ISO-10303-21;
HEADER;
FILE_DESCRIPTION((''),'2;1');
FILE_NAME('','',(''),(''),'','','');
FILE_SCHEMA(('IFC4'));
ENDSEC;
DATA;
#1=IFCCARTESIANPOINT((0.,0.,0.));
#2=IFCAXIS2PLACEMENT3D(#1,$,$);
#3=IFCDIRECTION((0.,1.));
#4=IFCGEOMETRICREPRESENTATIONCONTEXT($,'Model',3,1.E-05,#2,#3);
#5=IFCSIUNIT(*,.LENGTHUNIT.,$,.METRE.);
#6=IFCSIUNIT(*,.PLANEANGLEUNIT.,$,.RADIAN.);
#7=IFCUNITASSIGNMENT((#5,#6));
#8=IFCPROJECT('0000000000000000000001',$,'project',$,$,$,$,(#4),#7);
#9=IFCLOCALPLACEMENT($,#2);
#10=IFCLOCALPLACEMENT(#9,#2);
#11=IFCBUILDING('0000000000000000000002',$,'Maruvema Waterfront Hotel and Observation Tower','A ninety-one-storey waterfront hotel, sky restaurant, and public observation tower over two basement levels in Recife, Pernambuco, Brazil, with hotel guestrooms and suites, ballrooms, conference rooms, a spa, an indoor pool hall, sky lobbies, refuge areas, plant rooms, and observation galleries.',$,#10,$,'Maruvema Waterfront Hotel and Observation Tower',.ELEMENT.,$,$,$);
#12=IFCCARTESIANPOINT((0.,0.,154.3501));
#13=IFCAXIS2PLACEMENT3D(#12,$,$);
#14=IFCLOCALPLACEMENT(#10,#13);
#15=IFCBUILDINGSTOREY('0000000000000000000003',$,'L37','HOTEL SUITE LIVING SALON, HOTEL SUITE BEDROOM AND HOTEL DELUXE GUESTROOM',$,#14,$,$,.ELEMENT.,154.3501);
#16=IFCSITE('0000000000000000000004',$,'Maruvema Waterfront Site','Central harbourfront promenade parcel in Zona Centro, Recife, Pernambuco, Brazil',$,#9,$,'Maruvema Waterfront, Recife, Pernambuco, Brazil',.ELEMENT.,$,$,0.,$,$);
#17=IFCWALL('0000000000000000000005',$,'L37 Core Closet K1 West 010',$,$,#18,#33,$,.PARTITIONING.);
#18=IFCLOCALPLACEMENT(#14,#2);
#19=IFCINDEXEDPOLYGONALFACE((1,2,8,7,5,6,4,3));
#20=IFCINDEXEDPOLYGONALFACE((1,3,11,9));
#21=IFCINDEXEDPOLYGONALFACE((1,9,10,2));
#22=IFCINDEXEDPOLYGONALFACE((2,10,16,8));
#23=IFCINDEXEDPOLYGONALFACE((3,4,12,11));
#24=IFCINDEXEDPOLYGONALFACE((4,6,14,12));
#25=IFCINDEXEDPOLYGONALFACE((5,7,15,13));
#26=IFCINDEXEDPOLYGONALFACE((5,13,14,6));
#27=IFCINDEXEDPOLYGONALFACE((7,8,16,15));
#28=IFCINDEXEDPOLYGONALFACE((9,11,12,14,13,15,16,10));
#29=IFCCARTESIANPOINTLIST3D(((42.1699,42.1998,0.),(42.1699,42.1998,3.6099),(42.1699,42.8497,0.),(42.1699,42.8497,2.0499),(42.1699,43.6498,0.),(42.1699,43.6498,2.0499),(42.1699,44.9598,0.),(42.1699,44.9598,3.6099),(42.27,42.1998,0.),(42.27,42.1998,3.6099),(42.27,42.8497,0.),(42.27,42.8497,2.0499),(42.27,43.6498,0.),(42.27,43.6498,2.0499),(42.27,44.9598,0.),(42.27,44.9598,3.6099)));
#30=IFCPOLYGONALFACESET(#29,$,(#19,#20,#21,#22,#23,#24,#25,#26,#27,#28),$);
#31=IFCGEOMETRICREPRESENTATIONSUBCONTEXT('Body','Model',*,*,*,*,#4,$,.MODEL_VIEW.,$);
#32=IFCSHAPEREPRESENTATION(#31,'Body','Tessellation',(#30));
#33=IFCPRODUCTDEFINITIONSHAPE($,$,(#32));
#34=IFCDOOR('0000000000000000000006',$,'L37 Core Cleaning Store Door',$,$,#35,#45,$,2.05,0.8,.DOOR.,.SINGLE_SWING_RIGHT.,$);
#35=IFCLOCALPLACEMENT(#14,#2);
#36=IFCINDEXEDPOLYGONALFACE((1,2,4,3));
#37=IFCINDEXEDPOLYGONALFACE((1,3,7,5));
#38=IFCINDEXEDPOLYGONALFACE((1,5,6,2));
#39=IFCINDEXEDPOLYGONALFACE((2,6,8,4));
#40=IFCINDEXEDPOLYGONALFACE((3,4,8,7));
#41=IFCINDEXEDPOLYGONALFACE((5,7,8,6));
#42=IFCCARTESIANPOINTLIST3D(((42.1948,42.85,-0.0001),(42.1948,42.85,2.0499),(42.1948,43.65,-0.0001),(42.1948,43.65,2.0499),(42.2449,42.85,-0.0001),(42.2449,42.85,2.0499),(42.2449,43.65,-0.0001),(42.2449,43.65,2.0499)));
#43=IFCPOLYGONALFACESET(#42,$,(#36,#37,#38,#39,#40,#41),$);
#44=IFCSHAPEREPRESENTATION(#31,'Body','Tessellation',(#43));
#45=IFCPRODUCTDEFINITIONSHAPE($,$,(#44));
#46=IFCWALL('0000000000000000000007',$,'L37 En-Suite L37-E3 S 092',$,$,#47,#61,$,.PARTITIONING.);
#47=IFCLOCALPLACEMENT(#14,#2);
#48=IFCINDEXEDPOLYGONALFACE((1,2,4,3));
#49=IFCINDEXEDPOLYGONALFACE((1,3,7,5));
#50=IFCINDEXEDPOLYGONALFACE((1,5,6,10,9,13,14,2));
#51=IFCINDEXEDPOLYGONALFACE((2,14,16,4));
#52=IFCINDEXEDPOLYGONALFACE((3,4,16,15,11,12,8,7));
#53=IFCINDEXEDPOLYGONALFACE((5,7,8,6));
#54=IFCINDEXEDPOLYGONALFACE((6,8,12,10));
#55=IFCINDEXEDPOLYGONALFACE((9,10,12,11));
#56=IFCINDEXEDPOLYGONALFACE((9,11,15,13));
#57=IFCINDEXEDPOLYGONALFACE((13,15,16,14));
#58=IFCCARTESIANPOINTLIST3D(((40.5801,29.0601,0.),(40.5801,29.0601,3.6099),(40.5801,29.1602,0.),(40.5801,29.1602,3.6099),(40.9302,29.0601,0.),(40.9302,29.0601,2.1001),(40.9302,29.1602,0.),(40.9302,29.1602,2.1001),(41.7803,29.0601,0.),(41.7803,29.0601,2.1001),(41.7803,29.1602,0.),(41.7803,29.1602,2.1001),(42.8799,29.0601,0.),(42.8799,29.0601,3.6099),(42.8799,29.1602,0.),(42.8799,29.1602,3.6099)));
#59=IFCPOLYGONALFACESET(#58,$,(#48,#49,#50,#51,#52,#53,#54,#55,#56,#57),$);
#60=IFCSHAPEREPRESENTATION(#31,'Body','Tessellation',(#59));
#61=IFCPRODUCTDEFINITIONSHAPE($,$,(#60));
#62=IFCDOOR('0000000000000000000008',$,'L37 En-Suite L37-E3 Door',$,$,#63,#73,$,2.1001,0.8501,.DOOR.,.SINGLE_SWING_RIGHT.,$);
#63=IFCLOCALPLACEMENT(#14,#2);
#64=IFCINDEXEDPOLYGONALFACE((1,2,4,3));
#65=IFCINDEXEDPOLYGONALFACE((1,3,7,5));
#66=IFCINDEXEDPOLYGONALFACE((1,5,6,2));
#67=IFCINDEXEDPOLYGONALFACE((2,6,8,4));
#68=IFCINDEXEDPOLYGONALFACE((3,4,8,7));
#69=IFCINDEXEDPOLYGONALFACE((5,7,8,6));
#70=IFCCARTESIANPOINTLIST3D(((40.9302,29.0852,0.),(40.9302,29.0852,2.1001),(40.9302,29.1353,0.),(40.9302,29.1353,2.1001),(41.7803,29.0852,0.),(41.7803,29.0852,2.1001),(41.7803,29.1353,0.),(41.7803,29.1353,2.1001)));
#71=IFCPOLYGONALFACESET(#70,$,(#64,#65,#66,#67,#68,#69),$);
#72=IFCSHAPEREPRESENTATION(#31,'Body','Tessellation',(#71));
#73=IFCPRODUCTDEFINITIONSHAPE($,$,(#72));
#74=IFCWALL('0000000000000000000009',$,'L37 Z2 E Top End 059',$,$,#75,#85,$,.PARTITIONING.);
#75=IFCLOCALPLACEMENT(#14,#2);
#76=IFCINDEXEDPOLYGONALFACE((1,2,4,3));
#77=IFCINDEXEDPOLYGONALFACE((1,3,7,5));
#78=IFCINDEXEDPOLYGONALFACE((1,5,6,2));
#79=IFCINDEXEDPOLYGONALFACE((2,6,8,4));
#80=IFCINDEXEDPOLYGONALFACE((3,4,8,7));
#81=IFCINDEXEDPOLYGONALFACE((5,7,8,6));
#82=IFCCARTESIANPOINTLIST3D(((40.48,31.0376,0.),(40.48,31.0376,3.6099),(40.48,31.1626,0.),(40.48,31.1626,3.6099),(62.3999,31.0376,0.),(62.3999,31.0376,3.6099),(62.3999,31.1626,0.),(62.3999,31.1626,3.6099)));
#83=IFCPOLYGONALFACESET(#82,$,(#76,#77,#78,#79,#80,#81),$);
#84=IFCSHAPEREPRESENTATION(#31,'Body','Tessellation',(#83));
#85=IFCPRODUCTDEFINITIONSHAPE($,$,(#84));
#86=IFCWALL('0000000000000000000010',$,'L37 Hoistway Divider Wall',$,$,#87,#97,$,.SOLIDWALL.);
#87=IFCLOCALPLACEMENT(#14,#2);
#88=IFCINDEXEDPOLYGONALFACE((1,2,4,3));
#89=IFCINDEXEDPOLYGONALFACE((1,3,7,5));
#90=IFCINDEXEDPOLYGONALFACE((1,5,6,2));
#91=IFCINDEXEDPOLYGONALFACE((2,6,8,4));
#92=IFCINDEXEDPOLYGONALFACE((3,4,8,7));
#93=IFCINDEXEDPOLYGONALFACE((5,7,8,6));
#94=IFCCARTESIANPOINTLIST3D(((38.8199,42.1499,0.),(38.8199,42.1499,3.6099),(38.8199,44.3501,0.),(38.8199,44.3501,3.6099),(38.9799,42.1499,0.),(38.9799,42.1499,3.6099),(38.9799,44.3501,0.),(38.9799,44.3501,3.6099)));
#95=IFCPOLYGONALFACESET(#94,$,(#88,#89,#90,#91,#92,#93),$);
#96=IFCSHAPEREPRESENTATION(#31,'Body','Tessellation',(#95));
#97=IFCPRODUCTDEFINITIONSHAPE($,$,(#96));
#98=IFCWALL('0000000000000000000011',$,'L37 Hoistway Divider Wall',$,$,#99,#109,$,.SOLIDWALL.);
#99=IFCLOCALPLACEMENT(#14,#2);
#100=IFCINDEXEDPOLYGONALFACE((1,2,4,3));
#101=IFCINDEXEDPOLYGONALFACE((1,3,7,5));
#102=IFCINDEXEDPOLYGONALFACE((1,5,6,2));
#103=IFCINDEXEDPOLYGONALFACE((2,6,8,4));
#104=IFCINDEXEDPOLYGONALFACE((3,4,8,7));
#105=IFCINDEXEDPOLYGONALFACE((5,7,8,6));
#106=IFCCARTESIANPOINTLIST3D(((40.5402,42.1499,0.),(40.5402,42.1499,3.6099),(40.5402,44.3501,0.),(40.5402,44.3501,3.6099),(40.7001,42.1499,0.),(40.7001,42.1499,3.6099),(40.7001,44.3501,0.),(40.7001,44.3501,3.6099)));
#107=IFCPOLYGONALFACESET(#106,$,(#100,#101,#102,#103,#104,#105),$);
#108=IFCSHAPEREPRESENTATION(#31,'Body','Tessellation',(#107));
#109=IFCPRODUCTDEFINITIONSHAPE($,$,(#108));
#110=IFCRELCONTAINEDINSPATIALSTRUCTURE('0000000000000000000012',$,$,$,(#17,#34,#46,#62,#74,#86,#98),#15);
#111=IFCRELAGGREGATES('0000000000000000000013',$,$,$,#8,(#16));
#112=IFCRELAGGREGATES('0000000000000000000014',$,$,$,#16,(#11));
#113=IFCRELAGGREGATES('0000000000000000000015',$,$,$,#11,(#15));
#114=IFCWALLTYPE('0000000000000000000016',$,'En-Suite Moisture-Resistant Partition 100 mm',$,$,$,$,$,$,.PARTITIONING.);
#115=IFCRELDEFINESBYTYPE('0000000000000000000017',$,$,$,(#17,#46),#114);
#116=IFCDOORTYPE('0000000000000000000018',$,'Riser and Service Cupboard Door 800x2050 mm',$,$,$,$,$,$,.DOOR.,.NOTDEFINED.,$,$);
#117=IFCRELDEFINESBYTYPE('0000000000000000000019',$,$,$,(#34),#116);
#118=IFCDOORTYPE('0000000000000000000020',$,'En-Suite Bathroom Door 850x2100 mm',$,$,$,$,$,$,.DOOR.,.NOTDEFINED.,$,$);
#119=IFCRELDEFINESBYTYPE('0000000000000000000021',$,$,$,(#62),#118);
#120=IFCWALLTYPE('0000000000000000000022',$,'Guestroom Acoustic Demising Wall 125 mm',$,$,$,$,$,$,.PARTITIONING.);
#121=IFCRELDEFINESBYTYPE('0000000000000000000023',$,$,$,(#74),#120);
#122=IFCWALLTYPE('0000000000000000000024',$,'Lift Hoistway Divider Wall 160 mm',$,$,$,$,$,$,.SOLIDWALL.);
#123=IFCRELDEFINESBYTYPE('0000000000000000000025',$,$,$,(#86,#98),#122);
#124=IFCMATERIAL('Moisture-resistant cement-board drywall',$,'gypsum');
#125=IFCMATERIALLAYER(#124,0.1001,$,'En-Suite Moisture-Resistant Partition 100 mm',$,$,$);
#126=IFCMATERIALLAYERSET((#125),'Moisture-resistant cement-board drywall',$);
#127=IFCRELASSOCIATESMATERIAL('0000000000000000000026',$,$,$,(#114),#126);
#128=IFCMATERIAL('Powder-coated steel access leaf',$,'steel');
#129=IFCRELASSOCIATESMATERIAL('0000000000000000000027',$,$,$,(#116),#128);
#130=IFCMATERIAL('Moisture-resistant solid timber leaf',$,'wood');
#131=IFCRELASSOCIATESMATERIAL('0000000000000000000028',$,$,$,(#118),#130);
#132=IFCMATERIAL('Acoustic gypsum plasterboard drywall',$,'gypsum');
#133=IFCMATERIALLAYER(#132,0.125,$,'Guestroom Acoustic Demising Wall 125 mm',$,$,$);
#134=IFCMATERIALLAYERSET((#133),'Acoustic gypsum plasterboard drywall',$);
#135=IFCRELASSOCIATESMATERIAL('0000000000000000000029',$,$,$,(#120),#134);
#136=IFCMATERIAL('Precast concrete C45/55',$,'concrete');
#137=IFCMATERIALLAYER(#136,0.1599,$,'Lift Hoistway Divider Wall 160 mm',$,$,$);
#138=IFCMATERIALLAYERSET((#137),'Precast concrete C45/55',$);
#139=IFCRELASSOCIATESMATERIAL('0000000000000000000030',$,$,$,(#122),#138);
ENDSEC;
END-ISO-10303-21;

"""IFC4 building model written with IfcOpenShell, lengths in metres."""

from ifc_helpers import new_model, si_unit, direction, frame, frame_2d, origin, place, context, subcontext, project, spatial, rectangle, extrude, material, layer, layer_set, type_object, element, fill, save


model = new_model("IFC4")

# Units and contexts
model_context = context("Model", 3, precision=1e-05, world=origin(), true_north=direction((0.0, 1.0)))
body_context = subcontext(model_context, "Body", "Model", "MODEL_VIEW")
ifc_project = project(units=[si_unit("LENGTHUNIT", "METRE"), si_unit("PLANEANGLEUNIT", "RADIAN")], contexts=[model_context])

# Site, building, storey
site_placement = place(None, origin())
site = spatial("IfcSite", under=ifc_project, at=site_placement, Name="Maruvema Waterfront Site", Description="Central harbourfront promenade parcel in Zona Centro, Recife, Pernambuco, Brazil", LongName="Maruvema Waterfront, Recife, Pernambuco, Brazil", CompositionType="ELEMENT", RefElevation=0.0)
building_placement = place(site_placement, origin())
building = spatial("IfcBuilding", under=site, at=building_placement, Name="Maruvema Waterfront Hotel and Observation Tower", Description="A ninety-one-storey waterfront hotel, sky restaurant, and public observation tower over two basement levels in Recife, Pernambuco, Brazil, with hotel guestrooms and suites, ballrooms, conference rooms, a spa, an indoor pool hall, sky lobbies, refuge areas, plant rooms, and observation galleries.", LongName="Maruvema Waterfront Hotel and Observation Tower", CompositionType="ELEMENT")
storey_placement = place(building_placement, frame((0.0, 0.0, 154.3501)))
storey = spatial("IfcBuildingStorey", under=building, at=storey_placement, Name="L37", Description="HOTEL SUITE LIVING SALON, HOTEL SUITE BEDROOM AND HOTEL DELUXE GUESTROOM", CompositionType="ELEMENT", Elevation=154.3501)

# Walls, openings, doors
ifc_material_1 = material(Name="Moisture-resistant cement-board drywall", Category="gypsum")
ifc_layer_1 = layer(ifc_material_1, 0.1001, Name="En-Suite Moisture-Resistant Partition 100 mm")
ifc_layer_set_1 = layer_set([ifc_layer_1], Name="Moisture-resistant cement-board drywall")
wall_type_1 = type_object("IfcWallType", Name="En-Suite Moisture-Resistant Partition 100 mm", PredefinedType="PARTITIONING", material=ifc_layer_set_1)
wall_1_placement = place(storey_placement, frame((42.22, 42.2, 0.0), z_axis=(0.0, 0.0, 1.0), x_axis=(0.0, 1.0, 0.0)))
wall_1 = element("IfcWall", 1, at=wall_1_placement, inside=storey, type_object=wall_type_1, Name="L37 Core Closet K1 West 010", PredefinedType="PARTITIONING", context=body_context, shape_type="SweptSolid", body=[
    extrude(rectangle(XDim=2.76, YDim=0.1001, at=frame_2d((1.3799, 0.0))), origin(), (0.0, 0.0, 1.0), 3.6099),
])
opening_1_placement = place(wall_1_placement, frame((0.6499, 0.0, 0.0)))
opening_1 = element("IfcOpeningElement", 2, at=opening_1_placement, cuts=wall_1, PredefinedType="OPENING", context=body_context, shape_type="SweptSolid", body=[
    extrude(rectangle(XDim=0.8, YDim=2.05, at=frame_2d((0.3999, 1.0249))), frame((0.0, 0.0601, 0.0), z_axis=(0.0, -1.0, 0.0), x_axis=(1.0, 0.0, 0.0)), (0.0, 0.0, 1.0), 0.1201),
])
ifc_material_2 = material(Name="Powder-coated steel access leaf", Category="steel")
door_type_1 = type_object("IfcDoorType", Name="Riser and Service Cupboard Door 800x2050 mm", OperationType="NOTDEFINED", PredefinedType="DOOR", material=ifc_material_2)
door_1_placement = place(opening_1_placement, frame((0.8, 0.0, 0.0), z_axis=(0.0, 0.0, 1.0), x_axis=(-1.0, 0.0, 0.0)))
door_1 = element("IfcDoor", 3, at=door_1_placement, inside=storey, type_object=door_type_1, Name="L37 Core Cleaning Store Door", OperationType="SINGLE_SWING_RIGHT", OverallHeight=2.05, OverallWidth=0.8, PredefinedType="DOOR", context=body_context, shape_type="SweptSolid", body=[
    extrude(rectangle(XDim=0.8, YDim=2.05, at=frame_2d((0.3999, 1.0249))), frame((0.0, 0.0249, 0.0), z_axis=(0.0, -1.0, 0.0), x_axis=(1.0, 0.0, 0.0)), (0.0, 0.0, 1.0), 0.05),
])
fill(opening_1, door_1)
wall_2_placement = place(storey_placement, frame((40.5801, 29.1101, 0.0), z_axis=(0.0, 0.0, 1.0), x_axis=(1.0, 0.0, 0.0)))
wall_2 = element("IfcWall", 4, at=wall_2_placement, inside=storey, type_object=wall_type_1, Name="L37 En-Suite L37-E3 S 092", PredefinedType="PARTITIONING", context=body_context, shape_type="SweptSolid", body=[
    extrude(rectangle(XDim=2.2998, YDim=0.1001, at=frame_2d((1.1499, 0.0))), origin(), (0.0, 0.0, 1.0), 3.6099),
])
opening_2_placement = place(wall_2_placement, frame((0.3501, 0.0, 0.0)))
opening_2 = element("IfcOpeningElement", 5, at=opening_2_placement, cuts=wall_2, PredefinedType="OPENING", context=body_context, shape_type="SweptSolid", body=[
    extrude(rectangle(XDim=0.8501, YDim=2.1001, at=frame_2d((0.425, 1.05))), frame((0.0, 0.0601, 0.0), z_axis=(0.0, -1.0, 0.0), x_axis=(1.0, 0.0, 0.0)), (0.0, 0.0, 1.0), 0.1201),
])
ifc_material_3 = material(Name="Moisture-resistant solid timber leaf", Category="wood")
door_type_2 = type_object("IfcDoorType", Name="En-Suite Bathroom Door 850x2100 mm", OperationType="NOTDEFINED", PredefinedType="DOOR", material=ifc_material_3)
door_2_placement = place(opening_2_placement, frame((0.8501, 0.0, 0.0), z_axis=(0.0, 0.0, 1.0), x_axis=(-1.0, 0.0, 0.0)))
door_2 = element("IfcDoor", 6, at=door_2_placement, inside=storey, type_object=door_type_2, Name="L37 En-Suite L37-E3 Door", OperationType="SINGLE_SWING_RIGHT", OverallHeight=2.1001, OverallWidth=0.8501, PredefinedType="DOOR", context=body_context, shape_type="SweptSolid", body=[
    extrude(rectangle(XDim=0.8501, YDim=2.1001, at=frame_2d((0.425, 1.05))), frame((0.0, 0.0249, 0.0), z_axis=(0.0, -1.0, 0.0), x_axis=(1.0, 0.0, 0.0)), (0.0, 0.0, 1.0), 0.05),
])
fill(opening_2, door_2)

# Walls
ifc_material_4 = material(Name="Acoustic gypsum plasterboard drywall", Category="gypsum")
ifc_layer_2 = layer(ifc_material_4, 0.125, Name="Guestroom Acoustic Demising Wall 125 mm")
ifc_layer_set_2 = layer_set([ifc_layer_2], Name="Acoustic gypsum plasterboard drywall")
wall_type_2 = type_object("IfcWallType", Name="Guestroom Acoustic Demising Wall 125 mm", PredefinedType="PARTITIONING", material=ifc_layer_set_2)
wall_3_placement = place(storey_placement, frame((40.48, 31.1001, 0.0), z_axis=(0.0, 0.0, 1.0), x_axis=(1.0, 0.0, 0.0)))
element("IfcWall", 7, at=wall_3_placement, inside=storey, type_object=wall_type_2, Name="L37 Z2 E Top End 059", PredefinedType="PARTITIONING", context=body_context, shape_type="SweptSolid", body=[
    extrude(rectangle(XDim=21.9199, YDim=0.125, at=frame_2d((10.96, 0.0))), origin(), (0.0, 0.0, 1.0), 3.6099),
])
ifc_material_5 = material(Name="Precast concrete C45/55", Category="concrete")
ifc_layer_3 = layer(ifc_material_5, 0.1599, Name="Lift Hoistway Divider Wall 160 mm")
ifc_layer_set_3 = layer_set([ifc_layer_3], Name="Precast concrete C45/55")
wall_type_3 = type_object("IfcWallType", Name="Lift Hoistway Divider Wall 160 mm", PredefinedType="SOLIDWALL", material=ifc_layer_set_3)
for number, where, z_axis, x_axis, name in (
    (8, (38.8999, 42.1499, 0.0), (0.0, 0.0, 1.0), (0.0, 1.0, 0.0), "L37 Hoistway Divider Wall"),
    (9, (40.6201, 42.1499, 0.0), (0.0, 0.0, 1.0), (0.0, 1.0, 0.0), "L37 Hoistway Divider Wall"),
):
    element("IfcWall", number, at=place(storey_placement, frame(where, z_axis=z_axis, x_axis=x_axis)), inside=storey, type_object=wall_type_3, Name=name, PredefinedType="SOLIDWALL", context=body_context, shape_type="SweptSolid", body=[
        extrude(rectangle(XDim=2.2002, YDim=0.1599, at=frame_2d((1.1001, 0.0))), origin(), (0.0, 0.0, 1.0), 3.6099),
    ])

save(model, "model.ifc")
